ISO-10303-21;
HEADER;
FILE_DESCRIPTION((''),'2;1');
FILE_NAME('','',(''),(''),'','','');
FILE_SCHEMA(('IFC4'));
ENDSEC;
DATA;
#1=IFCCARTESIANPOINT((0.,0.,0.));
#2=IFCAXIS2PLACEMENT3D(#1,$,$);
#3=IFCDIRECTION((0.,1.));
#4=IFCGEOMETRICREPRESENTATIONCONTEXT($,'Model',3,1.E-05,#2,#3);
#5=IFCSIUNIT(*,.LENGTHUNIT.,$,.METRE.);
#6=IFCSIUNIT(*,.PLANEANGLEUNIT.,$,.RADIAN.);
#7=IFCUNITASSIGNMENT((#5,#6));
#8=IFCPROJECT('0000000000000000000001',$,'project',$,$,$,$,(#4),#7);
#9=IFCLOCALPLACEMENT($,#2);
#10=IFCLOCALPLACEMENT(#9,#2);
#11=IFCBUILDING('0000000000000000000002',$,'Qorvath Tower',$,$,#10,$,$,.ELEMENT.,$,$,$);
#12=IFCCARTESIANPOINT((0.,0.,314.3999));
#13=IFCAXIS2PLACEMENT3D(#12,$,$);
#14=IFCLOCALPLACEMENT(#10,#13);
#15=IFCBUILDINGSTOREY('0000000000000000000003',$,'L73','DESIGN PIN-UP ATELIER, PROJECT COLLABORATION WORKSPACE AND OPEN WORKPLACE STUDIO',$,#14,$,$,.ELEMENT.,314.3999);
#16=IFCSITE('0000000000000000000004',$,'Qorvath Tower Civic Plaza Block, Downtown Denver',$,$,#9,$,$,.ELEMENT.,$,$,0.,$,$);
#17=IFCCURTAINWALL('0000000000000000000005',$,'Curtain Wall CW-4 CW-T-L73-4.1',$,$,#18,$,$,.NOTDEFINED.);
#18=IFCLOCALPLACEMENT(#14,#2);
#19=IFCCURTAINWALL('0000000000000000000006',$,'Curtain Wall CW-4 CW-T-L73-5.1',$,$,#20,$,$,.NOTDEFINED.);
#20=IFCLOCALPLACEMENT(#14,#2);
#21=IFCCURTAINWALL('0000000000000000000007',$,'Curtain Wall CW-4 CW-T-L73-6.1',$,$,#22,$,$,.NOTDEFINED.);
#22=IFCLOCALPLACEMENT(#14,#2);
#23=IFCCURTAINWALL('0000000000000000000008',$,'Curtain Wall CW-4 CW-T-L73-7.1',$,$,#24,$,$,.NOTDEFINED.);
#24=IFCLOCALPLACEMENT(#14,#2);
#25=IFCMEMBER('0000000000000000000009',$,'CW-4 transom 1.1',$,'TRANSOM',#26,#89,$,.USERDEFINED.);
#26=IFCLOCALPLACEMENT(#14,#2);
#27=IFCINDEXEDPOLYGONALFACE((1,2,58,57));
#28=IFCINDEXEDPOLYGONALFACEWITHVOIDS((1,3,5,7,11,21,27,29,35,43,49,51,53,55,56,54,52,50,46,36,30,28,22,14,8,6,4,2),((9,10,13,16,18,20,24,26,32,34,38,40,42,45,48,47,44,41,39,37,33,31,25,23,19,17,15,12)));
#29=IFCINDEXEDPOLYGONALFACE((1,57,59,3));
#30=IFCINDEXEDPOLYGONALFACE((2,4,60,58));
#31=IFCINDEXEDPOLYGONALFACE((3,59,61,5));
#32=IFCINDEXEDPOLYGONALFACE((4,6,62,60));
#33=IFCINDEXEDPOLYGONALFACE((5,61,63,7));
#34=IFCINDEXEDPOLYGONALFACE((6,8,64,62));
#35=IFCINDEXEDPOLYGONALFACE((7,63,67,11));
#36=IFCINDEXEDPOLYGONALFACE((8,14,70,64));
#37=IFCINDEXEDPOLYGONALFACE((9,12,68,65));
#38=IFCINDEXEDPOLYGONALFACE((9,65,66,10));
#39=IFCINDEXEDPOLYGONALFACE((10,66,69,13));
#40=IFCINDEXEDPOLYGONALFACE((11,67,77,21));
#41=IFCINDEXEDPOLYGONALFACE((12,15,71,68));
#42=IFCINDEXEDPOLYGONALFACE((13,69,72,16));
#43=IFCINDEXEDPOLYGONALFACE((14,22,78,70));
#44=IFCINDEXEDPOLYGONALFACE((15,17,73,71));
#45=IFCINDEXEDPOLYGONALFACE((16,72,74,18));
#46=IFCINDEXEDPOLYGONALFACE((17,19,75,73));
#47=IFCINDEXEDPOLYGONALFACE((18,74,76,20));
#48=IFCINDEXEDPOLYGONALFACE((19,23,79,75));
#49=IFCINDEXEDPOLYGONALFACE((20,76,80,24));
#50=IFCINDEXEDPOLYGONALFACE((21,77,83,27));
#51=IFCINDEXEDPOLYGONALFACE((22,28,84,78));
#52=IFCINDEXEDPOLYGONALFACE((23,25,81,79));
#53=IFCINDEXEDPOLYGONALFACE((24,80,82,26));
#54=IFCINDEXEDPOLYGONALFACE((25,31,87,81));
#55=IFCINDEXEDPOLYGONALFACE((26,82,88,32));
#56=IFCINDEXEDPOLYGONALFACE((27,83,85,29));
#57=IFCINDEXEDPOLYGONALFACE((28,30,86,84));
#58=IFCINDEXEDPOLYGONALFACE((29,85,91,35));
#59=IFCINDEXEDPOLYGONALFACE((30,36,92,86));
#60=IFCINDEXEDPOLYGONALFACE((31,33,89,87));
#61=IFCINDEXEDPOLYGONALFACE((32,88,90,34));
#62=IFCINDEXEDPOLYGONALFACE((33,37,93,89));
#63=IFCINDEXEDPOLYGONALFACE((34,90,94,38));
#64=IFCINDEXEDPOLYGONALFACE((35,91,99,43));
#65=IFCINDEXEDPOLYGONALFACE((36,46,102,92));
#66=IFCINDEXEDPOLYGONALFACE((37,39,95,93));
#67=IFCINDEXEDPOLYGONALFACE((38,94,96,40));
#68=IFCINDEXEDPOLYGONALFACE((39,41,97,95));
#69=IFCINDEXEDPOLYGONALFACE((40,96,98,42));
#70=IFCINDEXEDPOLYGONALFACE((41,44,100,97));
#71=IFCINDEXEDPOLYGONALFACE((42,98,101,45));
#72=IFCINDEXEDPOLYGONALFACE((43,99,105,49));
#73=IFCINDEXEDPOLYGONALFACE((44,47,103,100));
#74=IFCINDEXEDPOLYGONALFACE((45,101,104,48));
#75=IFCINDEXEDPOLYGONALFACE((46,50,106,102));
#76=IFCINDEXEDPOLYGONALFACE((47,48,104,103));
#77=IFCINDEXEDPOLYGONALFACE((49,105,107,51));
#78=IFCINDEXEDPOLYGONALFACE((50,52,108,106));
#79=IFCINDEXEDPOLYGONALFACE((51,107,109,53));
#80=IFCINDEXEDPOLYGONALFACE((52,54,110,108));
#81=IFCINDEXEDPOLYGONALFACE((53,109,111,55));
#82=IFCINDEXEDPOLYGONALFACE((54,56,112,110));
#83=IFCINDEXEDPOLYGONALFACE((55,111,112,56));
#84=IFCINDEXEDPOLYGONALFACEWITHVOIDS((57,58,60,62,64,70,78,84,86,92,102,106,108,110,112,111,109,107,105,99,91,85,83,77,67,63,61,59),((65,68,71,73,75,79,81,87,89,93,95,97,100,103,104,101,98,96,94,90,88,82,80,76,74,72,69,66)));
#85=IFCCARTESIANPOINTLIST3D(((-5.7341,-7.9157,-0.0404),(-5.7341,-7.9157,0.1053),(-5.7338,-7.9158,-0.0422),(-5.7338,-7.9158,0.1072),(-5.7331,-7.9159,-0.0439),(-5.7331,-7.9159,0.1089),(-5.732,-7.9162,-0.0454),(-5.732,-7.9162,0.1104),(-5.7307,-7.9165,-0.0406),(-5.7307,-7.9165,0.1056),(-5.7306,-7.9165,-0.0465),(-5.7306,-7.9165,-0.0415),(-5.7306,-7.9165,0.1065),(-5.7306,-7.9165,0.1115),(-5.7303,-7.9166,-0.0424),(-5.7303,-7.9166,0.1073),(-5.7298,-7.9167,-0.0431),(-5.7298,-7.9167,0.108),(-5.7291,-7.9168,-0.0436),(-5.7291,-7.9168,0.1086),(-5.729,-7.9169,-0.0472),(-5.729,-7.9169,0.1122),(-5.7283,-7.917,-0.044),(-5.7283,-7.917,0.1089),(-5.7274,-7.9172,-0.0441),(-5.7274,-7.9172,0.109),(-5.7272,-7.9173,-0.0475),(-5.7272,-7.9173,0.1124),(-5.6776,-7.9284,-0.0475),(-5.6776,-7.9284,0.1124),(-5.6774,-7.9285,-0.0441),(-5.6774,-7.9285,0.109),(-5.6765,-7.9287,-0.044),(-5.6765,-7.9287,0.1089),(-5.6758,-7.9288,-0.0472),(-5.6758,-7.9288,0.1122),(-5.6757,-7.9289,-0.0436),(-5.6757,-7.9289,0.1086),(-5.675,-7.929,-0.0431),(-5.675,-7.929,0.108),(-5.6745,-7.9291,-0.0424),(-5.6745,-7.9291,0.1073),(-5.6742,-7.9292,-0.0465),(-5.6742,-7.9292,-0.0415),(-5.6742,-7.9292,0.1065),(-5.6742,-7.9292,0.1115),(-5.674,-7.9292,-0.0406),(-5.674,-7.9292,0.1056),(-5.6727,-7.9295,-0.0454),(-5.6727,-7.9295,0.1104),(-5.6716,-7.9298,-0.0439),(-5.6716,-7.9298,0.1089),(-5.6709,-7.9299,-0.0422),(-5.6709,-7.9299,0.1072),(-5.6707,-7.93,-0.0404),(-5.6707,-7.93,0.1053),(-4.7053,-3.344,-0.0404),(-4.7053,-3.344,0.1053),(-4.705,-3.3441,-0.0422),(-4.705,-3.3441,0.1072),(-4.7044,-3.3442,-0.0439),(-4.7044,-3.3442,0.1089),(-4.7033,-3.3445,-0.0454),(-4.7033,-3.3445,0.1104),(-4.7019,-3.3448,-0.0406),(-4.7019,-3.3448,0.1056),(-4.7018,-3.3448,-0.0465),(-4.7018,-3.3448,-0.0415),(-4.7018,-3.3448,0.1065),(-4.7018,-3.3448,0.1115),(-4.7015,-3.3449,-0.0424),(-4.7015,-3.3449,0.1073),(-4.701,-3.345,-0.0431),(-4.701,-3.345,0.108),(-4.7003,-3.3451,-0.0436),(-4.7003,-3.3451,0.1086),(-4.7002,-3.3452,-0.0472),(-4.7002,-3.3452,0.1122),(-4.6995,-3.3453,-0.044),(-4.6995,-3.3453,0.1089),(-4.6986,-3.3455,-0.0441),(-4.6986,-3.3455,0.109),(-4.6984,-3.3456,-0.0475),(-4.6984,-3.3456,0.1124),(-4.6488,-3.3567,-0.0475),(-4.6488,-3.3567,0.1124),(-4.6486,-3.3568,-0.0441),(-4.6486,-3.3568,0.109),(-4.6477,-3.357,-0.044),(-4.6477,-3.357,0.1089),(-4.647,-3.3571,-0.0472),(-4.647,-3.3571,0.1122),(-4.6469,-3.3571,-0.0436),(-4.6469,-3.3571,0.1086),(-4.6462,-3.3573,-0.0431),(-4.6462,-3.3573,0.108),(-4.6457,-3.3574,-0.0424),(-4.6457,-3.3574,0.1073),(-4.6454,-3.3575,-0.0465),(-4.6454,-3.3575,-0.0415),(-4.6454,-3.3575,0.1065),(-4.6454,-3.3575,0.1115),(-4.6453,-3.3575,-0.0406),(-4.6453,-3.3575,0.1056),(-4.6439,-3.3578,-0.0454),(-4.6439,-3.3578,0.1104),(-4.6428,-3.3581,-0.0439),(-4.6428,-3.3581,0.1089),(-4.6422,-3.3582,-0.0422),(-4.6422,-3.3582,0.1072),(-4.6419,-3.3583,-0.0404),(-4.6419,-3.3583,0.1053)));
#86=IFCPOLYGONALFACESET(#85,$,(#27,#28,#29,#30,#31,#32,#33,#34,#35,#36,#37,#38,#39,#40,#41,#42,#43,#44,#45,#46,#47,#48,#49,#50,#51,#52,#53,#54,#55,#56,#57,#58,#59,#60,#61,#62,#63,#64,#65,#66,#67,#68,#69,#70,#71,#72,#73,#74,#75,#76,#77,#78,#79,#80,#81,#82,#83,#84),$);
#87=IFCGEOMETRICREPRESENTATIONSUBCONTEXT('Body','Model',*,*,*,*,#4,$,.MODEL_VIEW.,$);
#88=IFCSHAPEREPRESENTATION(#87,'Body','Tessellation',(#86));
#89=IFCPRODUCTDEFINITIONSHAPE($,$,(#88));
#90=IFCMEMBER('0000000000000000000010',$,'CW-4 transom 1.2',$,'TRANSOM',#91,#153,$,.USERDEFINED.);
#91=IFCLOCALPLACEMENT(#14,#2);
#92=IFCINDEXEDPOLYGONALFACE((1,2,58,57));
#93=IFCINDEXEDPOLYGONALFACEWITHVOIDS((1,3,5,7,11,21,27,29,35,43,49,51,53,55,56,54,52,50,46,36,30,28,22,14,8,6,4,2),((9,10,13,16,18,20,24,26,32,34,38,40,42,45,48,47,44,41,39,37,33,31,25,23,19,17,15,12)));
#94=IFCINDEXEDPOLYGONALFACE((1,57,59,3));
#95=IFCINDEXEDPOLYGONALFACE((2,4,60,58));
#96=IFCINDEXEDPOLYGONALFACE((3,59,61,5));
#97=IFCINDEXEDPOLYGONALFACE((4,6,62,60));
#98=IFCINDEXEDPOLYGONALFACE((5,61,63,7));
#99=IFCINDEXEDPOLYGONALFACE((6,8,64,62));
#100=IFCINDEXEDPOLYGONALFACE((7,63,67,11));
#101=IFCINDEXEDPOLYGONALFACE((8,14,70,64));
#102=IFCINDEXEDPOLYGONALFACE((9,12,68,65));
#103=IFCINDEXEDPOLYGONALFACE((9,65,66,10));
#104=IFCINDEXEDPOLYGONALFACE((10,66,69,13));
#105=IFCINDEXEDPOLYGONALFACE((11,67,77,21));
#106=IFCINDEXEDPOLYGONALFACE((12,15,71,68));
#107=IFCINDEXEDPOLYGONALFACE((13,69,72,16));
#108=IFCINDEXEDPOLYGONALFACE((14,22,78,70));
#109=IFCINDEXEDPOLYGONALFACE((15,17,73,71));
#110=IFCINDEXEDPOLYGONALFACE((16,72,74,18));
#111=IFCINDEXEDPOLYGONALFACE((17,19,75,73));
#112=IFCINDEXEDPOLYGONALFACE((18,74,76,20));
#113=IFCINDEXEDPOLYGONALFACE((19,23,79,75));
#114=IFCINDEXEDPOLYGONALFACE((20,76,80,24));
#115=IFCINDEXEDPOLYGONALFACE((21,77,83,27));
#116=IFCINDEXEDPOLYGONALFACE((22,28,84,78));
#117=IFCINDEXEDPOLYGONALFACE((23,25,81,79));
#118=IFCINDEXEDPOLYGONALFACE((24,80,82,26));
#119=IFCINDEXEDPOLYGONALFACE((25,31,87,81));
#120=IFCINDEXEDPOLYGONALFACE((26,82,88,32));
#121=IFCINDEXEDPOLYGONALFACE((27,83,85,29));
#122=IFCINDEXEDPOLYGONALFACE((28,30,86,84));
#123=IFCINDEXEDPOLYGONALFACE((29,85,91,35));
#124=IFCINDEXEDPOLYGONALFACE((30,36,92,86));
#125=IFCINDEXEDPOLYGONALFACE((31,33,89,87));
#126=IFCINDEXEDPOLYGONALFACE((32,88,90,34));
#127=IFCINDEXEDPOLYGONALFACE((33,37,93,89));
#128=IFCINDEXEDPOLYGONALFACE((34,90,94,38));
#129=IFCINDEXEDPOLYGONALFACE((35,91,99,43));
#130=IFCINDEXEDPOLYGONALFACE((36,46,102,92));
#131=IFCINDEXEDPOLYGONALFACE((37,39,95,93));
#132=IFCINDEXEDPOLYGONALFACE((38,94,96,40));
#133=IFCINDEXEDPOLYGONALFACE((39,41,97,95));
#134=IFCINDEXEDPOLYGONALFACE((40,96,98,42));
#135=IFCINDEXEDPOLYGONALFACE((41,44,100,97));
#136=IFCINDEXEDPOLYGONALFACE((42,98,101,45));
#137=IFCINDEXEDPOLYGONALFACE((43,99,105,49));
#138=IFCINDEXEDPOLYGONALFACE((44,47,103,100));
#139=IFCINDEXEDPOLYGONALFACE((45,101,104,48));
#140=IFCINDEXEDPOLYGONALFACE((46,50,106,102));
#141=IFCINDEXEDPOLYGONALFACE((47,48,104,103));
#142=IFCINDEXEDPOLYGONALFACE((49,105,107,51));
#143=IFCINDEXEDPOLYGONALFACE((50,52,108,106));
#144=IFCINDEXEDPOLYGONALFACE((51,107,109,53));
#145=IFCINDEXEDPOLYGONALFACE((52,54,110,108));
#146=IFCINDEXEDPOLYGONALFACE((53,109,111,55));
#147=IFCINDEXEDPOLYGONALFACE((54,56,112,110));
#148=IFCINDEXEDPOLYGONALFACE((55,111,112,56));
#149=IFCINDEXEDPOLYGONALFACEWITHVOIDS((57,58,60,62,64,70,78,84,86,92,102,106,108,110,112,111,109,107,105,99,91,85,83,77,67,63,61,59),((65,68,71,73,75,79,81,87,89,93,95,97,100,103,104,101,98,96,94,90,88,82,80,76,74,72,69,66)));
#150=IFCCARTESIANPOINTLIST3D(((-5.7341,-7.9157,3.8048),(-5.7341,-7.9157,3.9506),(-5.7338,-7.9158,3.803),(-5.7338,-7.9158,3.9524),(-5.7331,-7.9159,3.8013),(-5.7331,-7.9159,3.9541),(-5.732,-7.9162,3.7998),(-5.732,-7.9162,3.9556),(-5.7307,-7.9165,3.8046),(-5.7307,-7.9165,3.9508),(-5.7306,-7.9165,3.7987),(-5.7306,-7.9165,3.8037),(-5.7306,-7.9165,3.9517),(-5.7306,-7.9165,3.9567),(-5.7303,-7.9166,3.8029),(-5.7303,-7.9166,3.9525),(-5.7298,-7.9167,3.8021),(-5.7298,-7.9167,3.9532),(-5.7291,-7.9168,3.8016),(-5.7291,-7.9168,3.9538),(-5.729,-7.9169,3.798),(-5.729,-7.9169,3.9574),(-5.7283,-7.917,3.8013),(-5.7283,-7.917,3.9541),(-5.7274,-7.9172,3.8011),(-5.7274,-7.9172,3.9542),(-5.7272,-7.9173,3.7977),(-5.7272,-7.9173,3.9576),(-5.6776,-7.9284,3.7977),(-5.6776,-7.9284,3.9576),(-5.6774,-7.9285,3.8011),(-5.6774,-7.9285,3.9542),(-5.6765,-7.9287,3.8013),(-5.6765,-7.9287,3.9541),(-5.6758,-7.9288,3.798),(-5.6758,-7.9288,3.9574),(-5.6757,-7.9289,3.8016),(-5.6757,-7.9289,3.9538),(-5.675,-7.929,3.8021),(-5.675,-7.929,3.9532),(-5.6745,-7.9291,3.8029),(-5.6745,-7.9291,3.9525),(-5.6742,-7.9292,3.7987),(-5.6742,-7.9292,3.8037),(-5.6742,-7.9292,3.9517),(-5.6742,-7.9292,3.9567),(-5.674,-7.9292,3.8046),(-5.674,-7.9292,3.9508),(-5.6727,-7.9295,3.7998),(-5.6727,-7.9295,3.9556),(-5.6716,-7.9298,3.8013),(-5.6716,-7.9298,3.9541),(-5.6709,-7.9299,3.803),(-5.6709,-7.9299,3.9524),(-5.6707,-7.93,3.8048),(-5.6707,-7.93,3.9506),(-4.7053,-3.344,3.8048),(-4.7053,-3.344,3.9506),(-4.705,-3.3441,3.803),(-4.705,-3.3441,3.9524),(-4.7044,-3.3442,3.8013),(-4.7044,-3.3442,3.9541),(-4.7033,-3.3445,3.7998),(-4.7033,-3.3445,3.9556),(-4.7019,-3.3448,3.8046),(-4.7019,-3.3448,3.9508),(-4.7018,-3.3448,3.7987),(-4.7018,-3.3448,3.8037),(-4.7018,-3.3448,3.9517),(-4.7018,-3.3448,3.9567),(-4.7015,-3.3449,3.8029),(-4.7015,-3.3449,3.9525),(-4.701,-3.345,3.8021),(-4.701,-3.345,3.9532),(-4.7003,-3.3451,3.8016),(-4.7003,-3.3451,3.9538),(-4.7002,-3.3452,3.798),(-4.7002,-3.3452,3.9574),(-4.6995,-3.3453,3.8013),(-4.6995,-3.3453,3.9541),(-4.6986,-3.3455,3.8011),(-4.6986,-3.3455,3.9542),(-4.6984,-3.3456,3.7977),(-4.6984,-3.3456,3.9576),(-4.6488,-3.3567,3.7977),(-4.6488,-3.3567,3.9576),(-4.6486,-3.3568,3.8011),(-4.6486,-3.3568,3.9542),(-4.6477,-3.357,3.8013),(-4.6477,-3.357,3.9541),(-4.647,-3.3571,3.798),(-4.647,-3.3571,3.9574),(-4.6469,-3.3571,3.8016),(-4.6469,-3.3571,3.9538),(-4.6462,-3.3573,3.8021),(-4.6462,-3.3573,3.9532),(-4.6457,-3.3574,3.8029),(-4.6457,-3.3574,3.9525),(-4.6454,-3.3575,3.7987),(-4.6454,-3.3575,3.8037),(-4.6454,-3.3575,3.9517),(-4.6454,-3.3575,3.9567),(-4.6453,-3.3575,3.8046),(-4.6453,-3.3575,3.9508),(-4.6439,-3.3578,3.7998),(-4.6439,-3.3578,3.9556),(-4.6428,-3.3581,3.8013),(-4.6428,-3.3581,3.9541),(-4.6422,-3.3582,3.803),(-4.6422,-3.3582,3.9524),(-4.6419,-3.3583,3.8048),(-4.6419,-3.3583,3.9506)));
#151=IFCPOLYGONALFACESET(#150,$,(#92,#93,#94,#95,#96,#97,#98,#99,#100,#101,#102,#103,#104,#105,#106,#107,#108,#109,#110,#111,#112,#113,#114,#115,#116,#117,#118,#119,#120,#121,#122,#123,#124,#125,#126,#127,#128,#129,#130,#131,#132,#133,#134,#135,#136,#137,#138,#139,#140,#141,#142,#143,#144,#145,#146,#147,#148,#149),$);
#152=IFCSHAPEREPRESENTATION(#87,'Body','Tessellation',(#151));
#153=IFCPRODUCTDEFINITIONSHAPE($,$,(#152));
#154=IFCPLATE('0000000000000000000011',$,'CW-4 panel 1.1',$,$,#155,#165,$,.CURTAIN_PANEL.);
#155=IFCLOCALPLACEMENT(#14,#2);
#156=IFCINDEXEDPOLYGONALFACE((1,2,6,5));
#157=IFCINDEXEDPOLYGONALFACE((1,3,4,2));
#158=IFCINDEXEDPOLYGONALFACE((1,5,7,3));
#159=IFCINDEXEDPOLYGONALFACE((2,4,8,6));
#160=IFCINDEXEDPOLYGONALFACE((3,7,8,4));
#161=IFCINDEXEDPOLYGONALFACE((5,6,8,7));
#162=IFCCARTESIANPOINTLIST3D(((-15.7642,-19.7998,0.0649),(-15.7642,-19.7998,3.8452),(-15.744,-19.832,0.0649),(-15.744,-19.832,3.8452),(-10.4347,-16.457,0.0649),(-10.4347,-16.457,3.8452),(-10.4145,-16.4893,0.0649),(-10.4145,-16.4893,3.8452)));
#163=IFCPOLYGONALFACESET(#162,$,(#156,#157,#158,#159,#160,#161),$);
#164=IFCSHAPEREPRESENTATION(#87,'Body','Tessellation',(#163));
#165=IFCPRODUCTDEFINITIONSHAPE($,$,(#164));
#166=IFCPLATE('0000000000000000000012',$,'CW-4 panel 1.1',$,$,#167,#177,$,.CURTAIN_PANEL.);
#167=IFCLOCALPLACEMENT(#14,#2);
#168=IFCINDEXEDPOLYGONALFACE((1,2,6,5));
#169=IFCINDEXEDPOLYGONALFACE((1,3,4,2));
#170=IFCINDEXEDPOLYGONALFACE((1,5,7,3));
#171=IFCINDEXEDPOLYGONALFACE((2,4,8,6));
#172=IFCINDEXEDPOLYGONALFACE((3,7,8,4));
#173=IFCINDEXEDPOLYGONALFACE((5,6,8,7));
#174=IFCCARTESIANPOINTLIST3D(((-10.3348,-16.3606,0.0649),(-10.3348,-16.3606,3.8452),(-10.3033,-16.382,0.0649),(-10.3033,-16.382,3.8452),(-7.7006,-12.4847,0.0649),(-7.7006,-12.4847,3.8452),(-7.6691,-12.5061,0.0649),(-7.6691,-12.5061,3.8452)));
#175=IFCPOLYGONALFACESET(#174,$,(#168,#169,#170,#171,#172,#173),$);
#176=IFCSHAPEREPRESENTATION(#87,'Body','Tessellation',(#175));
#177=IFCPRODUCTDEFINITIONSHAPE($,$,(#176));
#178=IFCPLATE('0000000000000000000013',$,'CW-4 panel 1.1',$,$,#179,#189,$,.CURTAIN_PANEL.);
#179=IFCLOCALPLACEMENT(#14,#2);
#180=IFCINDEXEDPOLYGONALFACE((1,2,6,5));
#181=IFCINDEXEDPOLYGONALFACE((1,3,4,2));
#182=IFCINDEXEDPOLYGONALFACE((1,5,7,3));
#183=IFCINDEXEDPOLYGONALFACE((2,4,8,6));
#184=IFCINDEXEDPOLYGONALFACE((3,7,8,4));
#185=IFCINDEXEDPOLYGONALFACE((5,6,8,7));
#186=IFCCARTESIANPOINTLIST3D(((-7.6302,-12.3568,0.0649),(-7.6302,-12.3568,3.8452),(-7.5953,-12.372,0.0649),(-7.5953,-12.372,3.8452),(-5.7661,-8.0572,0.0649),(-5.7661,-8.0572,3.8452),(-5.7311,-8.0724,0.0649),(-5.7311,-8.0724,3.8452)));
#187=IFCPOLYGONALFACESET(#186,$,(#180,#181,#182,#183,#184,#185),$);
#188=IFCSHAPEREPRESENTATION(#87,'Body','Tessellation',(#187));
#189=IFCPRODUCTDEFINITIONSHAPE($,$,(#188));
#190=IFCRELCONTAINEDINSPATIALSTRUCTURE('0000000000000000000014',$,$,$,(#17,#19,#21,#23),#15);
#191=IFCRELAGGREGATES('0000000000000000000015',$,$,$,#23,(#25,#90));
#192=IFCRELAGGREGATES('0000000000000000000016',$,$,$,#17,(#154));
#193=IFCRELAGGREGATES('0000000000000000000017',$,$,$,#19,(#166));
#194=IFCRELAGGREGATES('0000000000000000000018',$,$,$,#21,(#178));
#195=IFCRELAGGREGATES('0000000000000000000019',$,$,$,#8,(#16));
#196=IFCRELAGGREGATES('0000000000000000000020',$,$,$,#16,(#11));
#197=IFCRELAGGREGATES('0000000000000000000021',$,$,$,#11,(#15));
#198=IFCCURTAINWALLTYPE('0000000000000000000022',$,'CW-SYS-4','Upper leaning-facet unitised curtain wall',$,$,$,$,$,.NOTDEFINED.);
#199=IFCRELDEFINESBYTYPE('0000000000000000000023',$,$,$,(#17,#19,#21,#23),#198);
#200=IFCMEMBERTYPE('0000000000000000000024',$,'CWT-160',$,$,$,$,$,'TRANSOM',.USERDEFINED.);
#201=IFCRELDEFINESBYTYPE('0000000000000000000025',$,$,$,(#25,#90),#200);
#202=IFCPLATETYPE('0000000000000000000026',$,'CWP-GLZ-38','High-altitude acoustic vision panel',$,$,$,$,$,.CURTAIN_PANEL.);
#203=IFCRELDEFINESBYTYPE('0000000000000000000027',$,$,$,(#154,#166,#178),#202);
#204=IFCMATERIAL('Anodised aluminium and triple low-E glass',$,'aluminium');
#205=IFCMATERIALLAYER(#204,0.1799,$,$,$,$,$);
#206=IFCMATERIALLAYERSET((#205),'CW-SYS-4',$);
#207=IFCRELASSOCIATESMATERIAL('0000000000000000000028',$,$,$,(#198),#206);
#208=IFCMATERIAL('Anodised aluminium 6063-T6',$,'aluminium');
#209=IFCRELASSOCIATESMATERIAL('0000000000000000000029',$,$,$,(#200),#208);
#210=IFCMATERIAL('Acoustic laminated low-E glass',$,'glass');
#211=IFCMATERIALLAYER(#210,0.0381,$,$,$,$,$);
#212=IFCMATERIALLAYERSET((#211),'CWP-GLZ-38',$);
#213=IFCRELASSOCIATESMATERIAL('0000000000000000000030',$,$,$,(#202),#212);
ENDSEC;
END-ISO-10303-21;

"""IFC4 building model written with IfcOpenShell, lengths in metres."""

from ifc_helpers import new_model, si_unit, direction, frame, origin, origin_2d, place, context, subcontext, project, spatial, rectangle, hollow_rectangle, extrude, material, layer, layer_set, material_profile, profile_set, type_object, element, aggregate, save


model = new_model("IFC4")

# Units and contexts
model_context = context("Model", 3, precision=1e-05, world=origin(), true_north=direction((0.0, 1.0)))
body_context = subcontext(model_context, "Body", "Model", "MODEL_VIEW")
ifc_project = project(units=[si_unit("LENGTHUNIT", "METRE"), si_unit("PLANEANGLEUNIT", "RADIAN")], contexts=[model_context])

# Site, building, storey
site_placement = place(None, origin())
site = spatial("IfcSite", under=ifc_project, at=site_placement, Name="Qorvath Tower Civic Plaza Block, Downtown Denver", CompositionType="ELEMENT", RefElevation=0.0)
building_placement = place(site_placement, origin())
building = spatial("IfcBuilding", under=site, at=building_placement, Name="Qorvath Tower", CompositionType="ELEMENT")
storey_placement = place(building_placement, frame((0.0, 0.0, 314.3999)))
storey = spatial("IfcBuildingStorey", under=building, at=storey_placement, Name="L73", Description="DESIGN PIN-UP ATELIER, PROJECT COLLABORATION WORKSPACE AND OPEN WORKPLACE STUDIO", CompositionType="ELEMENT", Elevation=314.3999)

# Curtain wall
ifc_material_1 = material(Name="Anodised aluminium and triple low-E glass", Category="aluminium")
ifc_layer_1 = layer(ifc_material_1, 0.1799)
ifc_layer_set_1 = layer_set([ifc_layer_1], Name="CW-SYS-4")
curtain_wall_type = type_object("IfcCurtainWallType", Name="CW-SYS-4", Description="Upper leaning-facet unitised curtain wall", PredefinedType="NOTDEFINED", material=ifc_layer_set_1)
curtain_wall_1_placement = place(storey_placement, origin())
curtain_wall_1 = element("IfcCurtainWall", 1, at=curtain_wall_1_placement, inside=storey, type_object=curtain_wall_type, Name="Curtain Wall CW-4 CW-T-L73-4.1", PredefinedType="NOTDEFINED")

# Curtain walls
curtain_wall_2_placement = place(storey_placement, origin())
curtain_wall_2 = element("IfcCurtainWall", 2, at=curtain_wall_2_placement, inside=storey, type_object=curtain_wall_type, Name="Curtain Wall CW-4 CW-T-L73-5.1", PredefinedType="NOTDEFINED")
curtain_wall_3_placement = place(storey_placement, origin())
curtain_wall_3 = element("IfcCurtainWall", 3, at=curtain_wall_3_placement, inside=storey, type_object=curtain_wall_type, Name="Curtain Wall CW-4 CW-T-L73-6.1", PredefinedType="NOTDEFINED")

# Curtain wall
curtain_wall_4_placement = place(storey_placement, origin())
curtain_wall_4 = element("IfcCurtainWall", 4, at=curtain_wall_4_placement, inside=storey, type_object=curtain_wall_type, Name="Curtain Wall CW-4 CW-T-L73-7.1", PredefinedType="NOTDEFINED")

# Members
ifc_material_2 = material(Name="Anodised aluminium 6063-T6", Category="aluminium")
ifc_material_profile_1 = material_profile(ifc_material_2, hollow_rectangle(XDim=0.0649, YDim=0.1599, WallThickness=0.0034, InnerFilletRadius=0.0034, OuterFilletRadius=0.0071, at=origin_2d()), Name="CWT 160x65")
ifc_profile_set_1 = profile_set([ifc_material_profile_1], Name="Anodised aluminium 6063-T6")
member_type_1 = type_object("IfcMemberType", Name="CWT-160", ElementType="TRANSOM", PredefinedType="USERDEFINED", material=ifc_profile_set_1)
member_1_placement = place(storey_placement, frame((-5.7024, -7.9229, 0.0325), z_axis=(0.219544, 0.975603, 0.0), x_axis=(-0.975603, 0.219544, 0.0)))
member_1 = element("IfcMember", 5, at=member_1_placement, type_object=member_type_1, Name="CW-4 transom 1.1", ObjectType="TRANSOM", PredefinedType="USERDEFINED", context=body_context, shape_type="SweptSolid", body=[
    extrude(hollow_rectangle(XDim=0.0649, YDim=0.1599, WallThickness=0.0034, InnerFilletRadius=0.0034, OuterFilletRadius=0.0071, at=origin_2d()), origin(), (0.0, 0.0, 1.0), 4.686),
])
member_2_placement = place(storey_placement, frame((-5.7024, -7.9229, 3.8777), z_axis=(0.219544, 0.975603, 0.0), x_axis=(-0.975603, 0.219544, 0.0)))
member_2 = element("IfcMember", 6, at=member_2_placement, type_object=member_type_1, Name="CW-4 transom 1.2", ObjectType="TRANSOM", PredefinedType="USERDEFINED", context=body_context, shape_type="SweptSolid", body=[
    extrude(hollow_rectangle(XDim=0.0649, YDim=0.1599, WallThickness=0.0034, InnerFilletRadius=0.0034, OuterFilletRadius=0.0071, at=origin_2d()), origin(), (0.0, 0.0, 1.0), 4.686),
])
aggregate(curtain_wall_4, [member_1, member_2])

# Plates
ifc_material_3 = material(Name="Acoustic laminated low-E glass", Category="glass")
ifc_layer_2 = layer(ifc_material_3, 0.0381)
ifc_layer_set_2 = layer_set([ifc_layer_2], Name="CWP-GLZ-38")
plate_type = type_object("IfcPlateType", Name="CWP-GLZ-38", Description="High-altitude acoustic vision panel", PredefinedType="CURTAIN_PANEL", material=ifc_layer_set_2)
plate_1_placement = place(storey_placement, frame((-13.0894, -18.1445, 0.0649), z_axis=(0.0, 0.0, 1.0), x_axis=(0.847154, 0.531348, 0.0)))
plate_1 = element("IfcPlate", 7, at=plate_1_placement, type_object=plate_type, Name="CW-4 panel 1.1", PredefinedType="CURTAIN_PANEL", context=body_context, shape_type="SweptSolid", body=[
    extrude(rectangle(XDim=6.291, YDim=0.0381, at=origin_2d()), origin(), (0.0, 0.0, 1.0), 3.7803),
])
aggregate(curtain_wall_1, [plate_1])
plate_2_placement = place(storey_placement, frame((-9.002, -14.4333, 0.0649), z_axis=(0.0, 0.0, 1.0), x_axis=(0.562098, 0.827071, 0.0)))
plate_2 = element("IfcPlate", 8, at=plate_2_placement, type_object=plate_type, Name="CW-4 panel 1.1", PredefinedType="CURTAIN_PANEL", context=body_context, shape_type="SweptSolid", body=[
    extrude(rectangle(XDim=4.6863, YDim=0.0381, at=origin_2d()), origin(), (0.0, 0.0, 1.0), 3.7803),
])
aggregate(curtain_wall_2, [plate_2])
plate_3_placement = place(storey_placement, frame((-6.6807, -10.2146, 0.0649), z_axis=(0.0, 0.0, 1.0), x_axis=(0.397784, 0.917479, 0.0)))
plate_3 = element("IfcPlate", 9, at=plate_3_placement, type_object=plate_type, Name="CW-4 panel 1.1", PredefinedType="CURTAIN_PANEL", context=body_context, shape_type="SweptSolid", body=[
    extrude(rectangle(XDim=4.6863, YDim=0.0381, at=origin_2d()), origin(), (0.0, 0.0, 1.0), 3.7803),
])
aggregate(curtain_wall_3, [plate_3])

save(model, "model.ifc")
